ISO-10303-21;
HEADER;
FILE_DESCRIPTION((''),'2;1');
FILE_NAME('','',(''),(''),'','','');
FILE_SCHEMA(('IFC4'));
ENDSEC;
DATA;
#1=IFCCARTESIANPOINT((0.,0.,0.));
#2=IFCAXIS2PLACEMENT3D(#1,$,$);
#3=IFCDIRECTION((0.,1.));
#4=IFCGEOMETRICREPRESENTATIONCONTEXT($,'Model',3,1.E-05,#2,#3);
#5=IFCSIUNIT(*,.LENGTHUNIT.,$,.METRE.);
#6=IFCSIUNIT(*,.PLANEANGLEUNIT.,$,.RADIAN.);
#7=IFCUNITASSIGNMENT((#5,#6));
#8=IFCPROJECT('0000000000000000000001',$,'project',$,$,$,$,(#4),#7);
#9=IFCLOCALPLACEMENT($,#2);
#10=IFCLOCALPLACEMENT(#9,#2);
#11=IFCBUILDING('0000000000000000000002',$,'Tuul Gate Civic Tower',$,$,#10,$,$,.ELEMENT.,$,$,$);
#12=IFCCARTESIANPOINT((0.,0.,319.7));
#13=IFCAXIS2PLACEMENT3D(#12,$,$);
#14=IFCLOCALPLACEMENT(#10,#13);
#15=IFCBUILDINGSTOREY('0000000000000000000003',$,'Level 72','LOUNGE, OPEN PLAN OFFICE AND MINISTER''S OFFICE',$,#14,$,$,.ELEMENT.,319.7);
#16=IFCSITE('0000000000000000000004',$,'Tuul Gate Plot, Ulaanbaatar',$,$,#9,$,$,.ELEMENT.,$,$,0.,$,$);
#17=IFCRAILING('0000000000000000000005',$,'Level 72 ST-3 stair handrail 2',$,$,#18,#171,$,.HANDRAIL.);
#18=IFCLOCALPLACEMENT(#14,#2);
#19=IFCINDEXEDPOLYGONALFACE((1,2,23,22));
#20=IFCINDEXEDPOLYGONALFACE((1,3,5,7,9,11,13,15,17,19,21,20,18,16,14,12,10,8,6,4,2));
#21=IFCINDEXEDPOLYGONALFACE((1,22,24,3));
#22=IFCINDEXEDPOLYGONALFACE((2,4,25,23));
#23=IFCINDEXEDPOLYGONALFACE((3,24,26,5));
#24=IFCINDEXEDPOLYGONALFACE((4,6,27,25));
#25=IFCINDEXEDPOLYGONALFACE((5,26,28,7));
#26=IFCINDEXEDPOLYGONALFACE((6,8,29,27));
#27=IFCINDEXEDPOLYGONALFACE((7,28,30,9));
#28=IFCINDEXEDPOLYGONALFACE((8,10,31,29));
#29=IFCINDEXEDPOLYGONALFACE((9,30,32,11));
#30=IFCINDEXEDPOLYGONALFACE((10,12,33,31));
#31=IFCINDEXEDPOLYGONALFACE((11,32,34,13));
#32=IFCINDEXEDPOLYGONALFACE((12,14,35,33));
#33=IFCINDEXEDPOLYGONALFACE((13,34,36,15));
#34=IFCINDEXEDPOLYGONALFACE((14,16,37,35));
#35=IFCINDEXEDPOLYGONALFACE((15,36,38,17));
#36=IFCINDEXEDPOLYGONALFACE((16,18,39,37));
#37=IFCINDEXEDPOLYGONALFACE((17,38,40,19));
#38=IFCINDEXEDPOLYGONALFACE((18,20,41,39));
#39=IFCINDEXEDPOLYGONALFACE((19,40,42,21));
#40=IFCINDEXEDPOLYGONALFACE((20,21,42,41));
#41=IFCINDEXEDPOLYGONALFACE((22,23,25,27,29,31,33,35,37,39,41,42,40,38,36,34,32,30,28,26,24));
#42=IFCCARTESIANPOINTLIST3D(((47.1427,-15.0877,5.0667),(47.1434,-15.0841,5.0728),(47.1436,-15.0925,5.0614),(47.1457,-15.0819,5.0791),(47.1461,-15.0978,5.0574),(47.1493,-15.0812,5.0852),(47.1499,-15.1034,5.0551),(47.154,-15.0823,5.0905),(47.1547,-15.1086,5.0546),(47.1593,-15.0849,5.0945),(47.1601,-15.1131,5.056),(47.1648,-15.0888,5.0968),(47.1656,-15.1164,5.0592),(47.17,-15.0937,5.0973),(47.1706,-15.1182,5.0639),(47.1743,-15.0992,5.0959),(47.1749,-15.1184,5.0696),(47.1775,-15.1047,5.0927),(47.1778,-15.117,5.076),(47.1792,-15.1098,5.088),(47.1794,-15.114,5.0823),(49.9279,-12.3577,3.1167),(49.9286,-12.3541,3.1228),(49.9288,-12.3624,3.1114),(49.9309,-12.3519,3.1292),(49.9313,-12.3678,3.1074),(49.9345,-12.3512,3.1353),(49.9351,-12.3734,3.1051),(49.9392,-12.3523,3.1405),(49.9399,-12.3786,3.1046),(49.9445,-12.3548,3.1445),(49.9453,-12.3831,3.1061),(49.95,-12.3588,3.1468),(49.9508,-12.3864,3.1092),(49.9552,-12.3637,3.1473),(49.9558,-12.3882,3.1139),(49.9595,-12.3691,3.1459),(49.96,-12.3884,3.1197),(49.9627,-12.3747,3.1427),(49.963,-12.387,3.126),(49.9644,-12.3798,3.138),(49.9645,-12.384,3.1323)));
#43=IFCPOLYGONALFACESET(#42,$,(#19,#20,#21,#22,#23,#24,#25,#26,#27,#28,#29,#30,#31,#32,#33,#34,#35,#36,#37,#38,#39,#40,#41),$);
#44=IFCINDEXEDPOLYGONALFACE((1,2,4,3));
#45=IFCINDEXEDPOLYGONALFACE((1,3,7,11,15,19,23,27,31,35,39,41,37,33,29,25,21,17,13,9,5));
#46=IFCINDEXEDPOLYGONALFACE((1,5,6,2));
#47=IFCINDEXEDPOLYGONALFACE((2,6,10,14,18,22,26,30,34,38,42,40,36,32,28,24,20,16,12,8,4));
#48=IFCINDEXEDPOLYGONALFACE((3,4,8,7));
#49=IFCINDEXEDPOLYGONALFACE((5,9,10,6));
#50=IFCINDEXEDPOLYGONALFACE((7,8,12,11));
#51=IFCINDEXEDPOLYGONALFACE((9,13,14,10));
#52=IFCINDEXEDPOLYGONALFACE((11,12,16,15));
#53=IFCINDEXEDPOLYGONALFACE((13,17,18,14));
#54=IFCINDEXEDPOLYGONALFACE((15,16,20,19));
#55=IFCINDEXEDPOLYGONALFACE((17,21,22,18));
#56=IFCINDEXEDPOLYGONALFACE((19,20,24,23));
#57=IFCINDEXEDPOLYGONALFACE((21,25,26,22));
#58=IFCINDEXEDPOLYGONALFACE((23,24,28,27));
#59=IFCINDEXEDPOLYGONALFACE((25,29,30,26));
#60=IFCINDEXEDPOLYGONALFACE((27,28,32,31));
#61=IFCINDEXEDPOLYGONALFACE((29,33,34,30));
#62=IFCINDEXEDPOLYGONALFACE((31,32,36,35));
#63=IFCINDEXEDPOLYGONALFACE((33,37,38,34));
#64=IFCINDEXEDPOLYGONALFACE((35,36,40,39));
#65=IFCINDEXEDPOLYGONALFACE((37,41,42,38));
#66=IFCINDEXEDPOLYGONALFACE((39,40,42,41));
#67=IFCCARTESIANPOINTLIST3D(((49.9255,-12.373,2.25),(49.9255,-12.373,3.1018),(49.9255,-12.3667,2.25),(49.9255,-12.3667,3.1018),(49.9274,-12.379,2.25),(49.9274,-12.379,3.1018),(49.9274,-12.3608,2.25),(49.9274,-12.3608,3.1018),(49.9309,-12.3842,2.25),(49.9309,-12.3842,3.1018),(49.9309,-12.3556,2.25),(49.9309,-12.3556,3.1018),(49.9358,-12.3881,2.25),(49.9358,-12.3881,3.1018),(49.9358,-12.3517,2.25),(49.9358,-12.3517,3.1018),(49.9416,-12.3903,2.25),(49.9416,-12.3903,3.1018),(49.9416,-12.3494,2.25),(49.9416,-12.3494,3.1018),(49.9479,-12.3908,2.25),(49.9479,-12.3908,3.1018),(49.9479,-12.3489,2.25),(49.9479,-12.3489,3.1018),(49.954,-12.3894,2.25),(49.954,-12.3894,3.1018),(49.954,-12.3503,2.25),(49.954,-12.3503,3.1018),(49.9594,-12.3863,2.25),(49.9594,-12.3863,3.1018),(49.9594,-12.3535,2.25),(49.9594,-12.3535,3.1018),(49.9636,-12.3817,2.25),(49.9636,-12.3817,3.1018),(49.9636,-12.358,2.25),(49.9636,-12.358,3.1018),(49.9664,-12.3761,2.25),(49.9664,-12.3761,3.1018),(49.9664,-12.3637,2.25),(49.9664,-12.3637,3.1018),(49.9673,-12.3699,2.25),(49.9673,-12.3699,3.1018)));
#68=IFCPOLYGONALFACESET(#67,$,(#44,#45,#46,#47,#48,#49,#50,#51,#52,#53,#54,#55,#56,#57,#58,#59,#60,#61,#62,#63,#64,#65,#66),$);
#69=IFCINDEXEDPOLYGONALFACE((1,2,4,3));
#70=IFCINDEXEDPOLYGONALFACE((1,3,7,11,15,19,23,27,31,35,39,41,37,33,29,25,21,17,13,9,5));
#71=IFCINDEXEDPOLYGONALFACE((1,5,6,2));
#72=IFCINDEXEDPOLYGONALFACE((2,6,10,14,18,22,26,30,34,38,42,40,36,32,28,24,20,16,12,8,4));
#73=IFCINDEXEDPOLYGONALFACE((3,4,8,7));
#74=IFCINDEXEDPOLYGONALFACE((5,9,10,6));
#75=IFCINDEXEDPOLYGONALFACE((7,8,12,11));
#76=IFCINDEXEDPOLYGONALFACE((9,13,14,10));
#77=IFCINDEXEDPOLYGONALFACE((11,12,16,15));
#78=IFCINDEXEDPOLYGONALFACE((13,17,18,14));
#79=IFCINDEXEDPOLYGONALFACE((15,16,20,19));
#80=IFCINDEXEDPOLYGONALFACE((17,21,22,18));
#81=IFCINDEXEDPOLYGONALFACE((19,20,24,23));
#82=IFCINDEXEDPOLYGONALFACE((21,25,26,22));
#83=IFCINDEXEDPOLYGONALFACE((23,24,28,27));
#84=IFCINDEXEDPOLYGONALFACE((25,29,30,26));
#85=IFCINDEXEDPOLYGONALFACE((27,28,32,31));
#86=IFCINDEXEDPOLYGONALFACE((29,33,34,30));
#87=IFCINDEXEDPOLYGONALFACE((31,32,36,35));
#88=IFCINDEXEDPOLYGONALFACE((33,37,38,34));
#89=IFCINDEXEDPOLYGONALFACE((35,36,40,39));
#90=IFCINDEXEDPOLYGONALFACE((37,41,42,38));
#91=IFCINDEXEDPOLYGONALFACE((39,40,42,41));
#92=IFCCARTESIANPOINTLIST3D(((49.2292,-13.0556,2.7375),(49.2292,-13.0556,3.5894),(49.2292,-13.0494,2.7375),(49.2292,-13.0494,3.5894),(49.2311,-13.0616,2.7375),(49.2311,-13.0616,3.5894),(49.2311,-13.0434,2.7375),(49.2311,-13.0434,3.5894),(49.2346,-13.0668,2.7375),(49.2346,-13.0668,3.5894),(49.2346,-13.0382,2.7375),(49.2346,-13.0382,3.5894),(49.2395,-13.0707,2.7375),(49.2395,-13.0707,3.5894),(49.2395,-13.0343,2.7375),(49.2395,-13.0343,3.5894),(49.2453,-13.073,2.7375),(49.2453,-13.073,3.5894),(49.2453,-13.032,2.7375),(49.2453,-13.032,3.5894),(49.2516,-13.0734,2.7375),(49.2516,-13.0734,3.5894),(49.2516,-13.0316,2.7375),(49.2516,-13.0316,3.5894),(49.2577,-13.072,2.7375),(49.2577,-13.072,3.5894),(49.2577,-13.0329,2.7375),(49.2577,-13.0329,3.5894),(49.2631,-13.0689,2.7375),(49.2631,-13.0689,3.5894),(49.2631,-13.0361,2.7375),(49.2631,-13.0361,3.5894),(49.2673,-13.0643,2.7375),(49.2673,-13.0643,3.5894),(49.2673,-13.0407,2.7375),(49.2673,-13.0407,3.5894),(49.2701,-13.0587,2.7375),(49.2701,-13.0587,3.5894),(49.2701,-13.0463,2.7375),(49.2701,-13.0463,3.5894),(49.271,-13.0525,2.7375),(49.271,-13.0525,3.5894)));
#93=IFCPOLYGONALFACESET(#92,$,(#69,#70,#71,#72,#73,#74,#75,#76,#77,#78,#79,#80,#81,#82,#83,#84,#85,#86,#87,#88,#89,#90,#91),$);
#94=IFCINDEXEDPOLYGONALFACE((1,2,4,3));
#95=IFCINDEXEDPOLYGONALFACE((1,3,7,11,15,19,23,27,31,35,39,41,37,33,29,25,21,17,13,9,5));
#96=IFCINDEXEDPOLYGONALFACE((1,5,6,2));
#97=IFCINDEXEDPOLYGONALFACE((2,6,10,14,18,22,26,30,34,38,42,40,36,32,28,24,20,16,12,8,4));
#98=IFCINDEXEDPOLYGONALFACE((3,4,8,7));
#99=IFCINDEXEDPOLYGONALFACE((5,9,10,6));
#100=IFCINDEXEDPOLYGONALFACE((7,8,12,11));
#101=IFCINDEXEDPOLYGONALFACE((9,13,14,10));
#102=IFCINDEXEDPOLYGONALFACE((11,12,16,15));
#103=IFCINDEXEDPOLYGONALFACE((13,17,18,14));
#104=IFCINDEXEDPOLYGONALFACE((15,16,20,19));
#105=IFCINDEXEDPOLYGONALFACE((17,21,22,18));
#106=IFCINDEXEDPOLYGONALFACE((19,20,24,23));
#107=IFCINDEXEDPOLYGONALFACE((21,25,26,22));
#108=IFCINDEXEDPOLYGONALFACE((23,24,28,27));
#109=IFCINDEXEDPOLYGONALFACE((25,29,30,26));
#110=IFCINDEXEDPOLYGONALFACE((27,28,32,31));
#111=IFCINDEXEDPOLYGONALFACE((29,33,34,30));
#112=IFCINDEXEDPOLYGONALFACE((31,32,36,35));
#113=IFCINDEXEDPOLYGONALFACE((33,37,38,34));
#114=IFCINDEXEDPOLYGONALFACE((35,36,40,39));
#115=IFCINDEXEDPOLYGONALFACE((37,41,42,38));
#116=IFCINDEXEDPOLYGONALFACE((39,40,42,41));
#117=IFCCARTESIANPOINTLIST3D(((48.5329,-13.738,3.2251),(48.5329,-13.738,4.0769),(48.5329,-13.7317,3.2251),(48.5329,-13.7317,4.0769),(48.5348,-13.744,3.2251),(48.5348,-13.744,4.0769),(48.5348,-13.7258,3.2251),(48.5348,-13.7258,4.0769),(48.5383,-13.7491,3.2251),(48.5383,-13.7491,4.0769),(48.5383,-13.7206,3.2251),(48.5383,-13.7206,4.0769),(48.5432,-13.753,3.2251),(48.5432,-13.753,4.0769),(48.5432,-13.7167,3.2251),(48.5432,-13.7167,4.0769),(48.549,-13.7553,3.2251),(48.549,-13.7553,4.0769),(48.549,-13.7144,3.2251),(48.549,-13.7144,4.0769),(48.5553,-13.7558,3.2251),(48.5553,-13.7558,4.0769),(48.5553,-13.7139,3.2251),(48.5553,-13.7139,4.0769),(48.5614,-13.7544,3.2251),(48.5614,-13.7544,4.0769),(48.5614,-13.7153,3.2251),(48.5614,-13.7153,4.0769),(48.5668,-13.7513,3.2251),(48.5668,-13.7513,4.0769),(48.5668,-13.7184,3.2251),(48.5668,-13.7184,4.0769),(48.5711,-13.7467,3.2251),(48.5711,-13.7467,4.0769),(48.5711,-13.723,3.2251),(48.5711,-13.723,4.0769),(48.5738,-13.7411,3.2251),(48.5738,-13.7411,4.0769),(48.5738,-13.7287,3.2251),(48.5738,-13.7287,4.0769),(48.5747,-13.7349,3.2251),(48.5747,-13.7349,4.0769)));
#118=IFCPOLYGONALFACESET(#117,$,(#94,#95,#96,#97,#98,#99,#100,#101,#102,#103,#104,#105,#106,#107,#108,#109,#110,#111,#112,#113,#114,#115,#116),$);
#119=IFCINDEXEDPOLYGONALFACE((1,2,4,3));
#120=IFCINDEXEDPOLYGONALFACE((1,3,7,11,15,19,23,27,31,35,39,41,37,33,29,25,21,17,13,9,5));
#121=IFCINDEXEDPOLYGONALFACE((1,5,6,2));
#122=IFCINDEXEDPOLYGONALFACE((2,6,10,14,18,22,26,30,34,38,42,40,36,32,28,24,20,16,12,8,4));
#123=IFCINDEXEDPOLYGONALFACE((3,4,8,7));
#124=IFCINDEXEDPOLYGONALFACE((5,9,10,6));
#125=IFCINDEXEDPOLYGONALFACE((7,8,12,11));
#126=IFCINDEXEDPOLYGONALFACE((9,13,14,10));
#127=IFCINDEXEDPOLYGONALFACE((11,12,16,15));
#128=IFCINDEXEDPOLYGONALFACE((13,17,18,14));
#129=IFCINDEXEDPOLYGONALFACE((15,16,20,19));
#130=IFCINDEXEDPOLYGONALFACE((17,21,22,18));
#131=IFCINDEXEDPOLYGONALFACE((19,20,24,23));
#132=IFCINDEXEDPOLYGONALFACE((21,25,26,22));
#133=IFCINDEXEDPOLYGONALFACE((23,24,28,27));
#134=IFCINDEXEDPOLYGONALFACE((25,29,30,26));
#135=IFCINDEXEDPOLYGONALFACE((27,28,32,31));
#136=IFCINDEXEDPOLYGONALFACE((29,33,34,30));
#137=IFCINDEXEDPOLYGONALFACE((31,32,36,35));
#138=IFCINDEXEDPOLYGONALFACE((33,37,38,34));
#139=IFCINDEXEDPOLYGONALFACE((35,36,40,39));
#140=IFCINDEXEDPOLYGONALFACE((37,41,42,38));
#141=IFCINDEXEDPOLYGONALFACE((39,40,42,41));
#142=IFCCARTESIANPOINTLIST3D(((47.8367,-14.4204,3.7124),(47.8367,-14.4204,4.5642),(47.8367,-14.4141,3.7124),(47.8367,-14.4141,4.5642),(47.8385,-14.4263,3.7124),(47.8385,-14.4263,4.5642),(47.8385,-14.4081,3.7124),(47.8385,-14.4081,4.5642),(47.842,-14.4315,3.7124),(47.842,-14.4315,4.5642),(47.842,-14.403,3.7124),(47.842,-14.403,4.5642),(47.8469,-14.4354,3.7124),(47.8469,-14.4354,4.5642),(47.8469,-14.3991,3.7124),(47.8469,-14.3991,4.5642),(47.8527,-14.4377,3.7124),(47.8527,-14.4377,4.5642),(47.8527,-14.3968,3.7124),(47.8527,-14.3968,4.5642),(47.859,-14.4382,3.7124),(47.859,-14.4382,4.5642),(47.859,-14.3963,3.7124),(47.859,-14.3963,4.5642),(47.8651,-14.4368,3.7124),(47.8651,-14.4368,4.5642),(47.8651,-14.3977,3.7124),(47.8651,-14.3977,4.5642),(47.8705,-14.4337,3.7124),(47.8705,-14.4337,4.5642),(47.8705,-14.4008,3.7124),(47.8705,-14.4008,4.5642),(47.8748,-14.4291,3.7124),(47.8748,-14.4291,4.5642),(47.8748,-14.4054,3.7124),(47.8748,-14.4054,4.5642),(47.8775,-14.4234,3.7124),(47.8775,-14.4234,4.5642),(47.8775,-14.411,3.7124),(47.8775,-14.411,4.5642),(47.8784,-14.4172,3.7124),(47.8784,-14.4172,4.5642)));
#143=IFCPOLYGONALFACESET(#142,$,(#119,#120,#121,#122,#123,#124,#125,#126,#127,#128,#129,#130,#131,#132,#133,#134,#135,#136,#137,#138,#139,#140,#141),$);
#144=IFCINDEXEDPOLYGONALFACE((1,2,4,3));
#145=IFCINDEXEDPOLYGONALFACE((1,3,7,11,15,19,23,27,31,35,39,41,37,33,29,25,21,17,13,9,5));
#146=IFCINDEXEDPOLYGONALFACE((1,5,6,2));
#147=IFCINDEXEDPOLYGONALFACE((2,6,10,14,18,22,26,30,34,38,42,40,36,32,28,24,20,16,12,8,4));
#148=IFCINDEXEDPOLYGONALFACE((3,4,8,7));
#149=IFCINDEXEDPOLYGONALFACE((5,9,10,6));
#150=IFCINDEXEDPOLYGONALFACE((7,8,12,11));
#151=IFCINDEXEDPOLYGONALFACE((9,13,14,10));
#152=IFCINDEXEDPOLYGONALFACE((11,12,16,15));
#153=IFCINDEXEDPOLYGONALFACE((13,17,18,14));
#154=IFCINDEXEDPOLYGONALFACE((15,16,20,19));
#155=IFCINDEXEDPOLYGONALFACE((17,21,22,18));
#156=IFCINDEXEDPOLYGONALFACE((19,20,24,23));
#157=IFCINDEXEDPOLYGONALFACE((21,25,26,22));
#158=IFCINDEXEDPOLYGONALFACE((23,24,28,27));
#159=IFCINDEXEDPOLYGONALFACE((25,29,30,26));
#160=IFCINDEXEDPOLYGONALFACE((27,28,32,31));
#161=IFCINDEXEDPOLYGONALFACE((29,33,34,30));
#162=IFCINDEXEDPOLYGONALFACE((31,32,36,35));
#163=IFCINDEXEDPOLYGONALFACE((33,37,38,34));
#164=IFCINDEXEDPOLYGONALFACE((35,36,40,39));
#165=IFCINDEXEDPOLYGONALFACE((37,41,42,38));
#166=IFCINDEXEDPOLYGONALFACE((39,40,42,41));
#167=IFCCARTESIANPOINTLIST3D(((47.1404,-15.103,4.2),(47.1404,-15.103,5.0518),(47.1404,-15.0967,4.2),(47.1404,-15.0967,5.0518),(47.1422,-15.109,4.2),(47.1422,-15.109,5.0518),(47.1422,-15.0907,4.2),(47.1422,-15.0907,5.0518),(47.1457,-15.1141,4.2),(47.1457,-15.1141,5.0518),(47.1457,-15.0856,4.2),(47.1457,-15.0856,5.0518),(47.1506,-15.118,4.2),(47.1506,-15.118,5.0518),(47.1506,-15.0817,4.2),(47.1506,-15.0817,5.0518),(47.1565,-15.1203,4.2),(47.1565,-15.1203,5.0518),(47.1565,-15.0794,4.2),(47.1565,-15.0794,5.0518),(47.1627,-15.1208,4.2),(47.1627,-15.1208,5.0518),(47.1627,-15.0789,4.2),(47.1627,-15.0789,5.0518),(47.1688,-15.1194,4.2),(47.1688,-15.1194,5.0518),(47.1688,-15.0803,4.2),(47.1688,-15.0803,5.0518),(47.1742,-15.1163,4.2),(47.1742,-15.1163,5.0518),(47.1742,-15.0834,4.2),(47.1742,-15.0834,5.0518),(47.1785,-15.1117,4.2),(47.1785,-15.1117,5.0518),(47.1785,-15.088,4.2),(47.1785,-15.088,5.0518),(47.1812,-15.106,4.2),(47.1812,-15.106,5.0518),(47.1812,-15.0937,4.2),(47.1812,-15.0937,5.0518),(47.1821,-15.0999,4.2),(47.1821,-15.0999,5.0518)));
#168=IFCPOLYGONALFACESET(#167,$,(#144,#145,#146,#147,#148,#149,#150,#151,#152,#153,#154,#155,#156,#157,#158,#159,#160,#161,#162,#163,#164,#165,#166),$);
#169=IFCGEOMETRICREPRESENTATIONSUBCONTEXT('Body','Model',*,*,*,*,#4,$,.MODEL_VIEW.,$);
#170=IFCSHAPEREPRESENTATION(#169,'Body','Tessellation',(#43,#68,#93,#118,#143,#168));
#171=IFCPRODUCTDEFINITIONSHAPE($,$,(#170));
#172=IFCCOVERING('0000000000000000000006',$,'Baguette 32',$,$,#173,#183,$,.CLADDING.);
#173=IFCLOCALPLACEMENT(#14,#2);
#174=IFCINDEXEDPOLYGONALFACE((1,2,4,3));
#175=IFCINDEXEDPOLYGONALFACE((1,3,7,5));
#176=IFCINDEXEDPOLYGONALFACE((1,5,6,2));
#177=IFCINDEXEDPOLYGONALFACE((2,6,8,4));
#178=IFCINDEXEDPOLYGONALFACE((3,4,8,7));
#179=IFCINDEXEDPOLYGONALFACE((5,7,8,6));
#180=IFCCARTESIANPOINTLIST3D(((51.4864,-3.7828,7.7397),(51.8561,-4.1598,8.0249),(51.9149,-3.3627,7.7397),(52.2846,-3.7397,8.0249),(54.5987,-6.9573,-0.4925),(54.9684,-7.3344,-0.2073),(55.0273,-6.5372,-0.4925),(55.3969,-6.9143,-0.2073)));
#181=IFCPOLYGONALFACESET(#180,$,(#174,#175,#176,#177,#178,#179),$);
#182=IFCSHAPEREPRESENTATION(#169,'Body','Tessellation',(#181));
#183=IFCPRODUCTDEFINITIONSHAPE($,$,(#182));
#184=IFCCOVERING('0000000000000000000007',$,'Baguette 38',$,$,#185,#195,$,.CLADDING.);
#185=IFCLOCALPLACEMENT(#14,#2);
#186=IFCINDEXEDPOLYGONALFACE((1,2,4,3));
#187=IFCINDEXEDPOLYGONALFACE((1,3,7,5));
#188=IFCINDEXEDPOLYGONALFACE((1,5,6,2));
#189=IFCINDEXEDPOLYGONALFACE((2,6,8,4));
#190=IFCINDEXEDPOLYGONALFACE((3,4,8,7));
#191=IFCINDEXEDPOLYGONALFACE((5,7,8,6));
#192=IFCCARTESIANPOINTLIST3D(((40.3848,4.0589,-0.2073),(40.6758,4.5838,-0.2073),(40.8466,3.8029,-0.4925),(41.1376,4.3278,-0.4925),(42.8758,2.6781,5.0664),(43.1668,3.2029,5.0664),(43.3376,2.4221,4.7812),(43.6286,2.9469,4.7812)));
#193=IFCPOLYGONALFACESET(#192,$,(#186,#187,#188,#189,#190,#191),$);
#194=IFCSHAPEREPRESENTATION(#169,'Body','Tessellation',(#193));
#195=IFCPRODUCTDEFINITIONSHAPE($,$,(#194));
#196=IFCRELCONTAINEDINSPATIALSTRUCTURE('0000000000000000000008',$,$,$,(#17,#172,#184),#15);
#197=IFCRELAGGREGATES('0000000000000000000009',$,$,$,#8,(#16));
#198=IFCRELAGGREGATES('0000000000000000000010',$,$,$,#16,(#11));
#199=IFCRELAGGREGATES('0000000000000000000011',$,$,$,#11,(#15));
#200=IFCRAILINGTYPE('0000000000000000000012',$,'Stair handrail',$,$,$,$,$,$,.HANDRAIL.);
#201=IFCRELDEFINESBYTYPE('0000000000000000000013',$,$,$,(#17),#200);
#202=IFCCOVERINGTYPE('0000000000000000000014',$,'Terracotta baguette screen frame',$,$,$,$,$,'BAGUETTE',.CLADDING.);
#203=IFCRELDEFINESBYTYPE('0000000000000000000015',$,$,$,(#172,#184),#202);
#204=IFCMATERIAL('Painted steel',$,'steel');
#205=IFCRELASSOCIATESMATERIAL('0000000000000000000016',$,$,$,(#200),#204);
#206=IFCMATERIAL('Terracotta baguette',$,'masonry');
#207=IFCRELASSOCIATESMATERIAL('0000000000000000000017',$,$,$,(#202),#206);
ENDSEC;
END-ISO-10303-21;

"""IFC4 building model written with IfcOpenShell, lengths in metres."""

from ifc_helpers import new_model, si_unit, direction, frame, origin, origin_2d, place, context, subcontext, project, spatial, rectangle, circle, extrude, material, material_profile, profile_set, type_object, element, save


model = new_model("IFC4")

# Units and contexts
model_context = context("Model", 3, precision=1e-05, world=origin(), true_north=direction((0.0, 1.0)))
body_context = subcontext(model_context, "Body", "Model", "MODEL_VIEW")
ifc_project = project(units=[si_unit("LENGTHUNIT", "METRE"), si_unit("PLANEANGLEUNIT", "RADIAN")], contexts=[model_context])

# Site, building, storey
site_placement = place(None, origin())
site = spatial("IfcSite", under=ifc_project, at=site_placement, Name="Tuul Gate Plot, Ulaanbaatar", CompositionType="ELEMENT", RefElevation=0.0)
building_placement = place(site_placement, origin())
building = spatial("IfcBuilding", under=site, at=building_placement, Name="Tuul Gate Civic Tower", CompositionType="ELEMENT")
storey_placement = place(building_placement, frame((0.0, 0.0, 319.7)))
storey = spatial("IfcBuildingStorey", under=building, at=storey_placement, Name="Level 72", Description="LOUNGE, OPEN PLAN OFFICE AND MINISTER'S OFFICE", CompositionType="ELEMENT", Elevation=319.7)

# Railing
ifc_material_1 = material(Name="Painted steel", Category="steel")
railing_type = type_object("IfcRailingType", Name="Stair handrail", PredefinedType="HANDRAIL", material=ifc_material_1)
railing_placement = place(storey_placement, frame((49.9463, -12.3699, 2.25)))
element("IfcRailing", 1, at=railing_placement, inside=storey, type_object=railing_type, Name="Level 72 ST-3 stair handrail 2", PredefinedType="HANDRAIL", context=body_context, shape_type="SweptSolid", body=[
    extrude(circle(Radius=0.0239, at=origin_2d()), frame((0.0, 0.0, 0.876), z_axis=(-0.638754, -0.6261, 0.447206), x_axis=(0.699998, -0.714145, 0.0)), (0.0, 0.0, 1.0), 4.3604),
    extrude(circle(Radius=0.021, at=origin_2d()), origin(), (0.0, 0.0, 1.0), 0.8518),
    extrude(circle(Radius=0.021, at=origin_2d()), frame((-0.6963, -0.6826, 0.4875)), (0.0, 0.0, 1.0), 0.8518),
    extrude(circle(Radius=0.021, at=origin_2d()), frame((-1.3926, -1.365, 0.9751)), (0.0, 0.0, 1.0), 0.8518),
    extrude(circle(Radius=0.021, at=origin_2d()), frame((-2.0889, -2.0474, 1.4624)), (0.0, 0.0, 1.0), 0.8518),
    extrude(circle(Radius=0.021, at=origin_2d()), frame((-2.7852, -2.73, 1.95)), (0.0, 0.0, 1.0), 0.8518),
])

# Coverings
ifc_material_2 = material(Name="Terracotta baguette", Category="masonry")
ifc_material_profile_1 = material_profile(ifc_material_2, rectangle(XDim=0.6001, YDim=0.6001, at=origin_2d()), Name="Terracotta baguette screen frame")
ifc_profile_set_1 = profile_set([ifc_material_profile_1], Name="Terracotta baguette")
covering_type = type_object("IfcCoveringType", Name="Terracotta baguette screen frame", ElementType="BAGUETTE", PredefinedType="CLADDING", material=ifc_profile_set_1)
covering_1_placement = place(storey_placement, frame((51.8855, -3.7612, 7.8823), z_axis=(0.332657, -0.339311, -0.879891), x_axis=(0.714074, 0.70007, 0.0)))
element("IfcCovering", 2, at=covering_1_placement, inside=storey, type_object=covering_type, Name="Baguette 32", PredefinedType="CLADDING", context=body_context, shape_type="SweptSolid", body=[
    extrude(rectangle(XDim=0.6001, YDim=0.6001, at=origin_2d()), origin(), (0.0, 0.0, 1.0), 9.356),
])
covering_2_placement = place(storey_placement, frame((43.2522, 2.8125, 4.9238), z_axis=(-0.415603, 0.230388, -0.879883), x_axis=(-0.484835, -0.874606, 0.0)))
element("IfcCovering", 3, at=covering_2_placement, inside=storey, type_object=covering_type, Name="Baguette 38", PredefinedType="CLADDING", context=body_context, shape_type="SweptSolid", body=[
    extrude(rectangle(XDim=0.6001, YDim=0.6001, at=origin_2d()), origin(), (0.0, 0.0, 1.0), 5.9937),
])

save(model, "model.ifc")
